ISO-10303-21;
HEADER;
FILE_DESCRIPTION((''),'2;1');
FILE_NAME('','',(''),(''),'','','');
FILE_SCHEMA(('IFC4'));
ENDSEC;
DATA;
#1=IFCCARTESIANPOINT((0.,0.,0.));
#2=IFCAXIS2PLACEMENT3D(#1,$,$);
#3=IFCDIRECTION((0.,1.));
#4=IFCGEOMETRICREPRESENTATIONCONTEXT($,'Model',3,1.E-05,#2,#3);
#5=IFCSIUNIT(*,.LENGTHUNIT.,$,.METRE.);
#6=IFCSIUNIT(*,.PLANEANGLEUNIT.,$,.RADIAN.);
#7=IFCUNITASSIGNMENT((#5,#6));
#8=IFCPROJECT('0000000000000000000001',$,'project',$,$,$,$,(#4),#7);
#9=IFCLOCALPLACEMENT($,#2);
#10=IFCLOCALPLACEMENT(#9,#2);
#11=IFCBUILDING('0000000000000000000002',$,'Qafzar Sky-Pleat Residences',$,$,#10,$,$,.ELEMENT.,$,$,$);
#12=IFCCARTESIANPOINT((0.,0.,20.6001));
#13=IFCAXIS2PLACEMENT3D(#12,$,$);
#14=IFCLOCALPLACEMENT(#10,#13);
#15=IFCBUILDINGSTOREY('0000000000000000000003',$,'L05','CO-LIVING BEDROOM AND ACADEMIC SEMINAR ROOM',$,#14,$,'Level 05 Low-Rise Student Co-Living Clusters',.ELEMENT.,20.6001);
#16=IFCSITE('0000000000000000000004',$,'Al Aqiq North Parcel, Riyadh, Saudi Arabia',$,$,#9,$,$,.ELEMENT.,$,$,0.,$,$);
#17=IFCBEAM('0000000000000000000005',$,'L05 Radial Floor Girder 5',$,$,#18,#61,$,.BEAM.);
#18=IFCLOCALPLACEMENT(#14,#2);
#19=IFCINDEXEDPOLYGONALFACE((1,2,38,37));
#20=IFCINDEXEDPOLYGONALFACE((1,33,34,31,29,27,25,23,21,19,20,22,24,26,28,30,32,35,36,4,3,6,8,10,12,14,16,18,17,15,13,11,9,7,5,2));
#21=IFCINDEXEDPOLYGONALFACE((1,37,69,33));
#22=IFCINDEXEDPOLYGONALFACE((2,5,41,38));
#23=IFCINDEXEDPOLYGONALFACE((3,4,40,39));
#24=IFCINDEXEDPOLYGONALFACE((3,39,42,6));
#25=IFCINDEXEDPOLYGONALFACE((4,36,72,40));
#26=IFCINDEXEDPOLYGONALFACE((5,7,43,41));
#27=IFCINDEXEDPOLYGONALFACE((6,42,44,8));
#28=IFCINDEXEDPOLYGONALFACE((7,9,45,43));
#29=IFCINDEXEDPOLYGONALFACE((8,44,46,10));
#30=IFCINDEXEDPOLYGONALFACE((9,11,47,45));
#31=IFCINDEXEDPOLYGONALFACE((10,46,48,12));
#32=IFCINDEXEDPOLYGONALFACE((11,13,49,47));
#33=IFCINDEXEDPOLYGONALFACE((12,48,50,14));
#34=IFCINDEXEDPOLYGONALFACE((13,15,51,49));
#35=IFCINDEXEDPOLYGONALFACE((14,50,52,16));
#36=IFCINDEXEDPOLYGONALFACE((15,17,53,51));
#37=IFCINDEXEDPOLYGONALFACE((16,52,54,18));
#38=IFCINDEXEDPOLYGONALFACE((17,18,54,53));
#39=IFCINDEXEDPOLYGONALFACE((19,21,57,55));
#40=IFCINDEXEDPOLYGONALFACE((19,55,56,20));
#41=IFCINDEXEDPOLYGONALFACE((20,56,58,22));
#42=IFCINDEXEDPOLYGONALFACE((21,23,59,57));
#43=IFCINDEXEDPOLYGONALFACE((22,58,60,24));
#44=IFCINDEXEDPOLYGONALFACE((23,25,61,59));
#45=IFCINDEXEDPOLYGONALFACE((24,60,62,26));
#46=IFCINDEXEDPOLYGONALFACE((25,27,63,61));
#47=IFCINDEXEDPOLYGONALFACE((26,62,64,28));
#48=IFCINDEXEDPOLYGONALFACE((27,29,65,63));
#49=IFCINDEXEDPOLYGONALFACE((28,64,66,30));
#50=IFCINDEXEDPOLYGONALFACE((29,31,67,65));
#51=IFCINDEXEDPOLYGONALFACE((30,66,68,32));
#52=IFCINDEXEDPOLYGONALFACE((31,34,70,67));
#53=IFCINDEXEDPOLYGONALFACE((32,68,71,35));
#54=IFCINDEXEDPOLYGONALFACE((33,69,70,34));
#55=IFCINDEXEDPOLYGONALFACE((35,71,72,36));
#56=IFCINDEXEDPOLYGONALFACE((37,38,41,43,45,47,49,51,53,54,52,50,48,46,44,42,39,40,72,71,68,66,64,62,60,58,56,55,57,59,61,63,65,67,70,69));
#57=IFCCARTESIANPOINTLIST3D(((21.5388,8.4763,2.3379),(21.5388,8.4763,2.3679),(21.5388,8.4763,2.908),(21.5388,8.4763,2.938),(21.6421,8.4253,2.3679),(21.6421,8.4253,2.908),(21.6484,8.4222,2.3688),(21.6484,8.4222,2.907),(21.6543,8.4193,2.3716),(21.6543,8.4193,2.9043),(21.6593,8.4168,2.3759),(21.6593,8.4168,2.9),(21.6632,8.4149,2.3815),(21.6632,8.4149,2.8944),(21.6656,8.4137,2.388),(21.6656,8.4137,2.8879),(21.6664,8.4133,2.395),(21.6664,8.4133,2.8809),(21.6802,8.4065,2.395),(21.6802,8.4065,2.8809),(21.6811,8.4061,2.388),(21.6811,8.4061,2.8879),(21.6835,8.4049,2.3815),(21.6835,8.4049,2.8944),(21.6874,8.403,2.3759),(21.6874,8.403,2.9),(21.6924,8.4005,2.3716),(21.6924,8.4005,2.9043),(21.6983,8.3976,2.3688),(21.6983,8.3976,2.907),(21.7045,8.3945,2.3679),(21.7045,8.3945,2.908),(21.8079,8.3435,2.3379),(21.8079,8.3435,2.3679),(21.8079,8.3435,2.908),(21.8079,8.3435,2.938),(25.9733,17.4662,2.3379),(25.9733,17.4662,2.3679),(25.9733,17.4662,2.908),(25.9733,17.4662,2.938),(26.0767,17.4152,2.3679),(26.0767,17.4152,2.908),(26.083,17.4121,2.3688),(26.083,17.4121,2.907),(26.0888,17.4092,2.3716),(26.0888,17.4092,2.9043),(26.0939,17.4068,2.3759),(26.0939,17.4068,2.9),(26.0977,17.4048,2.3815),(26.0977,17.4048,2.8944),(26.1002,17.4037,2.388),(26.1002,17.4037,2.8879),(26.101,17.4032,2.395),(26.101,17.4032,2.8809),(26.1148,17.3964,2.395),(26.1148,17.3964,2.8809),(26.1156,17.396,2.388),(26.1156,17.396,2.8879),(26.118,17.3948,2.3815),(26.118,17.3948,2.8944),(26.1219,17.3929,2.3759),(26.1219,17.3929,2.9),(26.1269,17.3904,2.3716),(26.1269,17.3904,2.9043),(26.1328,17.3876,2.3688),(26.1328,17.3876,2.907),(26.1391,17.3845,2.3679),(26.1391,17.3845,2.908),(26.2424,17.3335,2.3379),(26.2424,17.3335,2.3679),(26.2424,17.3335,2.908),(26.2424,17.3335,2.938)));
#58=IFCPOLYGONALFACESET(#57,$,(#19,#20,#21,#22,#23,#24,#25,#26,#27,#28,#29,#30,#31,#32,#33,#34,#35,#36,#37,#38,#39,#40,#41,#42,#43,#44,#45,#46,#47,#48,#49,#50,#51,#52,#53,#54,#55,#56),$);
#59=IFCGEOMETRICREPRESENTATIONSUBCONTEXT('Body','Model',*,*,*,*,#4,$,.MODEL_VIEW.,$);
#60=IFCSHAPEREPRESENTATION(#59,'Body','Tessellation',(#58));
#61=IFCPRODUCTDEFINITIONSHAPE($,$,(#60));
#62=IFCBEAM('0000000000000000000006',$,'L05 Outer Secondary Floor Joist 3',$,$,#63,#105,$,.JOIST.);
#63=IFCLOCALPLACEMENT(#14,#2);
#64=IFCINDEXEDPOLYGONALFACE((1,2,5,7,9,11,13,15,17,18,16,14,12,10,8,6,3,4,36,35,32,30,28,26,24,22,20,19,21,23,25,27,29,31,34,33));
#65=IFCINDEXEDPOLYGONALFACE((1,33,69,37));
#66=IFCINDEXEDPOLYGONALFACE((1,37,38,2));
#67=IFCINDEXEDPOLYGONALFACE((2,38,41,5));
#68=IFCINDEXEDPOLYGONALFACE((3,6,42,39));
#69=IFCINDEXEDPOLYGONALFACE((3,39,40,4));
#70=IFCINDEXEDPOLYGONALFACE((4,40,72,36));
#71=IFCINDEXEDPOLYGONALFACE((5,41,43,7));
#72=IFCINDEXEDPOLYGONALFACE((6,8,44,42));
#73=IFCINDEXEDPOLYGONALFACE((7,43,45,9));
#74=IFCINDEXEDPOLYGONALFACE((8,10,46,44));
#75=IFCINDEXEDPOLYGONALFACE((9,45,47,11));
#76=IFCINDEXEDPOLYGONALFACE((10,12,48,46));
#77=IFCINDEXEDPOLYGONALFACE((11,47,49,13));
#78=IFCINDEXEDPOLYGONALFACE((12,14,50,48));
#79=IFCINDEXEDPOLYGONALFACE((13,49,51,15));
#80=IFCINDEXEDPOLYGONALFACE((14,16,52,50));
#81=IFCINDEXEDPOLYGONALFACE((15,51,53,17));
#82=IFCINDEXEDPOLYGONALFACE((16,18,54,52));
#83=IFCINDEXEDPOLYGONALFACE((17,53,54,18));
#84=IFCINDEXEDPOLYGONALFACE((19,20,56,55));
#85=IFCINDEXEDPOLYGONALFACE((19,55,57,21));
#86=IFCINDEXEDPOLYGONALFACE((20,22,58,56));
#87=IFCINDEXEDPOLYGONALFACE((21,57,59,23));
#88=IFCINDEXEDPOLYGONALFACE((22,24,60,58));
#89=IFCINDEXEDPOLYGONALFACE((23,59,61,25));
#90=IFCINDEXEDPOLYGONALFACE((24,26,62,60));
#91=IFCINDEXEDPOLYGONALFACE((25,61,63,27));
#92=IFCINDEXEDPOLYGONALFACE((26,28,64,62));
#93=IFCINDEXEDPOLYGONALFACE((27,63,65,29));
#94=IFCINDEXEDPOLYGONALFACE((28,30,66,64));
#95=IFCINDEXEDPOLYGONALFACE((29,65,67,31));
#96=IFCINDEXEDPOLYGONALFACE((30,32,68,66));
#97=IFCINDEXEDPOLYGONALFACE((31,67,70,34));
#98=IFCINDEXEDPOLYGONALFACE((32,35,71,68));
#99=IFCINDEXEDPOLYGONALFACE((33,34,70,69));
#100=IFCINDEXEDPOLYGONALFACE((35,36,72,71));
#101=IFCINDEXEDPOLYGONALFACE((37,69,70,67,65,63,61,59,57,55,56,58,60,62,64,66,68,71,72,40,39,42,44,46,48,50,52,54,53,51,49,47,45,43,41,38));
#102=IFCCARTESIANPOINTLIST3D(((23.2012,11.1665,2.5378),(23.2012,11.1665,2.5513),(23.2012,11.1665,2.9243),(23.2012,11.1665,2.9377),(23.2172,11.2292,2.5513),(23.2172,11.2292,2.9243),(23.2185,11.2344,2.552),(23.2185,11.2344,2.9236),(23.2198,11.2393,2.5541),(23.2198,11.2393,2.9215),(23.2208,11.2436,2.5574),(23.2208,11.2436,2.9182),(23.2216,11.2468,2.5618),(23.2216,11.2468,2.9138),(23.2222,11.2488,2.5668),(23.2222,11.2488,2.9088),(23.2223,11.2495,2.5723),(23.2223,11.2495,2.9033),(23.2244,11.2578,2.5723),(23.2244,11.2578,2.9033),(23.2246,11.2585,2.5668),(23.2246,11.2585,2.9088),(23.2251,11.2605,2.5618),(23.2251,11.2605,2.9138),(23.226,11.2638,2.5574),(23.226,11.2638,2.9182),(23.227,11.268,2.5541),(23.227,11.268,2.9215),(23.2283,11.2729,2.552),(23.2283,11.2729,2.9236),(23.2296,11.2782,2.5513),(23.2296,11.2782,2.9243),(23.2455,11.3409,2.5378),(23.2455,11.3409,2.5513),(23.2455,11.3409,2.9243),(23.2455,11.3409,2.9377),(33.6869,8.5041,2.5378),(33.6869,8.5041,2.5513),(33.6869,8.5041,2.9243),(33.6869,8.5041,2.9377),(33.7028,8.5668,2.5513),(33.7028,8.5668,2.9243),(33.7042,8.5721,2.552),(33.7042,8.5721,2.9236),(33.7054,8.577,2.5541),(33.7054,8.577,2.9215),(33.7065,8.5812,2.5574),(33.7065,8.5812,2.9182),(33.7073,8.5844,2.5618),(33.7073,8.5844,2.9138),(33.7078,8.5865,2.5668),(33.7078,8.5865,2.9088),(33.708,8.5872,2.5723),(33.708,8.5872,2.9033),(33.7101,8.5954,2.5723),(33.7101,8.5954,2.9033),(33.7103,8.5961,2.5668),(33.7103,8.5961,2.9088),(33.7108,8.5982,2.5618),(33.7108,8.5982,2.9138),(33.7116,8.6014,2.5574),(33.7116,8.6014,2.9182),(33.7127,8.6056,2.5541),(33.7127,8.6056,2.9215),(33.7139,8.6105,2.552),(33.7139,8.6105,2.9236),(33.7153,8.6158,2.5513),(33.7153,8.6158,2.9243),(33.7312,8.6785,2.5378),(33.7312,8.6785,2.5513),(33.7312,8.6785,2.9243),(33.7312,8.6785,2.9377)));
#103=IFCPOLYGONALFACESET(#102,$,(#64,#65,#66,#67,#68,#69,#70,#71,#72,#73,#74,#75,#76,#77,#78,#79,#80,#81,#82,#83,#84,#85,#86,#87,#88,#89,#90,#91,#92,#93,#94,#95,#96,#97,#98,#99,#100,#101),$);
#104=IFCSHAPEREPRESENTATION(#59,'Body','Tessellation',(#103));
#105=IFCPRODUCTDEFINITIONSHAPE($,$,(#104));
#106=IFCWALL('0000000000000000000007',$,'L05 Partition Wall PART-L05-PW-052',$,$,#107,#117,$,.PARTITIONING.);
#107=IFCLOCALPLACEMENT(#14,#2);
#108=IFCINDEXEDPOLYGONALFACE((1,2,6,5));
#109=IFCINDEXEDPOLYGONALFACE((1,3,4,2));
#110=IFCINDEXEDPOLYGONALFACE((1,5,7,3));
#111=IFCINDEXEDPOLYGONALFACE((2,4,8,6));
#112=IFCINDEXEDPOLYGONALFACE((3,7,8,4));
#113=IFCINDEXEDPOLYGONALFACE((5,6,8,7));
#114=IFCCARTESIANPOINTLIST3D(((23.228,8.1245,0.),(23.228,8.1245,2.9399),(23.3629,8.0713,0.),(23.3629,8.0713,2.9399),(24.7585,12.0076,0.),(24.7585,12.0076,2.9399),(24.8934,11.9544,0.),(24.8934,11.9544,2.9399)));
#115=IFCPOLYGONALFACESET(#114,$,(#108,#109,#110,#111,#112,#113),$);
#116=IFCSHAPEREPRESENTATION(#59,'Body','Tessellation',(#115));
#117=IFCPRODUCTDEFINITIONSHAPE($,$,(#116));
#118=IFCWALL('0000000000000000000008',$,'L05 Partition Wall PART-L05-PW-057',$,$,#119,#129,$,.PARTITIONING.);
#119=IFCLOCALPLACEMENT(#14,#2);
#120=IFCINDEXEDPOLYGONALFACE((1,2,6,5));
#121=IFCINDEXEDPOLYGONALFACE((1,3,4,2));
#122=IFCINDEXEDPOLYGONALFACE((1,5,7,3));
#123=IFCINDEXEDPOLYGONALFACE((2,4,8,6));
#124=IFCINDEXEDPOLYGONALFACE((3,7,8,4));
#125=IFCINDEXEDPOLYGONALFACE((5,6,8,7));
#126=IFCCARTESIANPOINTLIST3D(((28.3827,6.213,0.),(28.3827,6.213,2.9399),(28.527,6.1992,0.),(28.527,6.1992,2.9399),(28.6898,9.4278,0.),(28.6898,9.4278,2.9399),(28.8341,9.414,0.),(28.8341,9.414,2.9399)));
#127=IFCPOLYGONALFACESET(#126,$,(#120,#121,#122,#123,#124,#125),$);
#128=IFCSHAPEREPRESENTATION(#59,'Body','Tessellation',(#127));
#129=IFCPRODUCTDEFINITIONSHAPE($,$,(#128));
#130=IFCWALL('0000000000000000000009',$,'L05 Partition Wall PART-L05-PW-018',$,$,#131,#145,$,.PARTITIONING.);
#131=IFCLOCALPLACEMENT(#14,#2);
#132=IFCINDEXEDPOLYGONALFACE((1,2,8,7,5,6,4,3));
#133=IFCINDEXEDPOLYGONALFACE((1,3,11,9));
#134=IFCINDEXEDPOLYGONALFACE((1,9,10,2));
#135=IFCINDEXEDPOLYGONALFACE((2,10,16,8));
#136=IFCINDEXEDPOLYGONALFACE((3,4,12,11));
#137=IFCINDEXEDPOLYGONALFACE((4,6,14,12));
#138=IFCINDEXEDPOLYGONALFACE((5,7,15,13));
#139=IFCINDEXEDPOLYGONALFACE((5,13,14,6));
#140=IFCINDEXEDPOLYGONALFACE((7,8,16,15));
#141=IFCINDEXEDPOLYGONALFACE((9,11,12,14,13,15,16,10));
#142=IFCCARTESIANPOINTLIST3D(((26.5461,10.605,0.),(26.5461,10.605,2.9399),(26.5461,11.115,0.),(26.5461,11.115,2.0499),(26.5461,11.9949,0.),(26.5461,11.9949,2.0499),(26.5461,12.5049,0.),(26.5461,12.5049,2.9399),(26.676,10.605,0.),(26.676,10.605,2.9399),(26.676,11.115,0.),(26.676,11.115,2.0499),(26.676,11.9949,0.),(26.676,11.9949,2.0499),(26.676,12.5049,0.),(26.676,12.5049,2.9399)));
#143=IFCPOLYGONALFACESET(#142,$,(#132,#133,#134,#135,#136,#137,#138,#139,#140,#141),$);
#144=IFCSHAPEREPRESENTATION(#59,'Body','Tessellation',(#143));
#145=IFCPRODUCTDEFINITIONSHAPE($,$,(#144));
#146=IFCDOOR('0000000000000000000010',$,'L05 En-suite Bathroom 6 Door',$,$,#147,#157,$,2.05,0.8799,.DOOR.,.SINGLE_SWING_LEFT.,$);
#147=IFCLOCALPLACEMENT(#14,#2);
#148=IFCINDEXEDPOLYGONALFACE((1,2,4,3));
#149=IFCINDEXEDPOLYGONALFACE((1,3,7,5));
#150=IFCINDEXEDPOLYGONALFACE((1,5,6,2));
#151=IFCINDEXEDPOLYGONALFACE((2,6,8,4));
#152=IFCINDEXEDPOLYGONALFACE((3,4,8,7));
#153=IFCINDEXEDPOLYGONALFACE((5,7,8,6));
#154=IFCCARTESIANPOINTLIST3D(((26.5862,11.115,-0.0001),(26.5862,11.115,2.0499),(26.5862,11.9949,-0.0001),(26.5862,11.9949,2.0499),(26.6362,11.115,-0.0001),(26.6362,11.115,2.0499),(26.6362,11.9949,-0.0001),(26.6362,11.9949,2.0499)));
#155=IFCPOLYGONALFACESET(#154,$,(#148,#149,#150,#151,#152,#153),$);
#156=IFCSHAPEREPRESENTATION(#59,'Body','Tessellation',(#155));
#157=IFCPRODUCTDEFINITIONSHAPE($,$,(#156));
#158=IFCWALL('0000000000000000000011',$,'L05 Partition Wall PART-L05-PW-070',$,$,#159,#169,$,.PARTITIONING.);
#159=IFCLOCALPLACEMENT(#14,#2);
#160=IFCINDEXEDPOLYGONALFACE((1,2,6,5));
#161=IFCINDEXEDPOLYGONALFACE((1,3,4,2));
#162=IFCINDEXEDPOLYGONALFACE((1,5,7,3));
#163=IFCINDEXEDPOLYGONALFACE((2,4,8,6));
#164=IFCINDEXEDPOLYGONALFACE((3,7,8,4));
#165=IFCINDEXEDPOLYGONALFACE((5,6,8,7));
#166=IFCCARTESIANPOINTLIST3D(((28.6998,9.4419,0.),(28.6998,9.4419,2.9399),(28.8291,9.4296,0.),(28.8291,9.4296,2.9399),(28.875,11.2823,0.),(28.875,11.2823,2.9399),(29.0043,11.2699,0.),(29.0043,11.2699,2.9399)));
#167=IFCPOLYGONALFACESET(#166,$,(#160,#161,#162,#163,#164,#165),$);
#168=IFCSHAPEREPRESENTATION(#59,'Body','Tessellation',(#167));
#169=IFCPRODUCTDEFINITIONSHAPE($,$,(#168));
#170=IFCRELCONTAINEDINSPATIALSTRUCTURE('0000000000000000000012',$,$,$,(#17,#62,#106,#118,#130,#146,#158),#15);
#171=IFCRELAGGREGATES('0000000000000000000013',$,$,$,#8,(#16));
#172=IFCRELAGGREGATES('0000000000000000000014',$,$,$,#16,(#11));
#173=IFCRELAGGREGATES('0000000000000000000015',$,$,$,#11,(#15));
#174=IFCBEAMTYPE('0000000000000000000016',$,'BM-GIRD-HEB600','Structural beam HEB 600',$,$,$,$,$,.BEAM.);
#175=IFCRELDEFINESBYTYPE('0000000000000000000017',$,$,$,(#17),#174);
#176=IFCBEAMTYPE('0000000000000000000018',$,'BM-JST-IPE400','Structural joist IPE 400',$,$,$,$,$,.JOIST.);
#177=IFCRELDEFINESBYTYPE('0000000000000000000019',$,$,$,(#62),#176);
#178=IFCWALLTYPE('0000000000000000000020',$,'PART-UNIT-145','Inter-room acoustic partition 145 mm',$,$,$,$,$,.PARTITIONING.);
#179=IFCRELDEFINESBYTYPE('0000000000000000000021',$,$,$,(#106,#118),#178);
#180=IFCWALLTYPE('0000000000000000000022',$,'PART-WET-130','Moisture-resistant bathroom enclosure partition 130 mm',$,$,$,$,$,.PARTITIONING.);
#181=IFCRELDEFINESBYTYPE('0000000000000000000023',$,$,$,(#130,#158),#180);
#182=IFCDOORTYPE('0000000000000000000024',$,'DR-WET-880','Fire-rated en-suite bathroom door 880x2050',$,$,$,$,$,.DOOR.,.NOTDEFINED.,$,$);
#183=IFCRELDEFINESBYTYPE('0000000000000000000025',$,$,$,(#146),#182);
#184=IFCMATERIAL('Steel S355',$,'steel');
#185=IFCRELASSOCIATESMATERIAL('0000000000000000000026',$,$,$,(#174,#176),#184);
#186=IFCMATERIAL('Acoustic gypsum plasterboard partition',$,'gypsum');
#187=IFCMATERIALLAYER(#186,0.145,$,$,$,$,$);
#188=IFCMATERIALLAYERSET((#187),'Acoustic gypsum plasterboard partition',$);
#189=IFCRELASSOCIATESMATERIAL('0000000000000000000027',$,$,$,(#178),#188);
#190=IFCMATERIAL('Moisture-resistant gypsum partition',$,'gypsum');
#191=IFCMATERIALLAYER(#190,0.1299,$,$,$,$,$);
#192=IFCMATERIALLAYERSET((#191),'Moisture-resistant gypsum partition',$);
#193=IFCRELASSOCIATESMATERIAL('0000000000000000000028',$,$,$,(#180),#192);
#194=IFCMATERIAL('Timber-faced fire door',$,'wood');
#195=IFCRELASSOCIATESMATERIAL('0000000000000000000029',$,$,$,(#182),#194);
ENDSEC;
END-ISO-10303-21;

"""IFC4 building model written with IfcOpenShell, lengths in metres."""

from ifc_helpers import new_model, si_unit, direction, frame, frame_2d, origin, origin_2d, place, context, subcontext, project, spatial, rectangle, i_section, extrude, source, transform, mapped, material, layer, layer_set, material_profile, profile_set, type_object, element, fill, save


model = new_model("IFC4")

# Units and contexts
model_context = context("Model", 3, precision=1e-05, world=origin(), true_north=direction((0.0, 1.0)))
body_context = subcontext(model_context, "Body", "Model", "MODEL_VIEW")
ifc_project = project(units=[si_unit("LENGTHUNIT", "METRE"), si_unit("PLANEANGLEUNIT", "RADIAN")], contexts=[model_context])

# Site, building, storey
site_placement = place(None, origin())
site = spatial("IfcSite", under=ifc_project, at=site_placement, Name="Al Aqiq North Parcel, Riyadh, Saudi Arabia", CompositionType="ELEMENT", RefElevation=0.0)
building_placement = place(site_placement, origin())
building = spatial("IfcBuilding", under=site, at=building_placement, Name="Qafzar Sky-Pleat Residences", CompositionType="ELEMENT")
storey_placement = place(building_placement, frame((0.0, 0.0, 20.6001)))
storey = spatial("IfcBuildingStorey", under=building, at=storey_placement, Name="L05", Description="CO-LIVING BEDROOM AND ACADEMIC SEMINAR ROOM", LongName="Level 05 Low-Rise Student Co-Living Clusters", CompositionType="ELEMENT", Elevation=20.6001)

# Beams
ifc_material_1 = material(Name="Steel S355", Category="steel")
ifc_material_profile_1 = material_profile(ifc_material_1, i_section(OverallWidth=0.3, OverallDepth=0.6001, WebThickness=0.0154, FlangeThickness=0.03, FilletRadius=0.0271, at=origin_2d()), Name="HEB 600")
ifc_profile_set_1 = profile_set([ifc_material_profile_1], Name="Steel S355")
beam_type_1 = type_object("IfcBeamType", Name="BM-GIRD-HEB600", Description="Structural beam HEB 600", PredefinedType="BEAM", material=ifc_profile_set_1)
shared_shape_1 = source(origin(), body_context, "Body", "SweptSolid", [
    extrude(i_section(OverallWidth=0.3, OverallDepth=0.6001, WebThickness=0.0154, FlangeThickness=0.03, FilletRadius=0.0271, at=origin_2d()), origin(), (0.0, 0.0, 1.0), 10.0242),
])
beam_1_placement = place(storey_placement, frame((21.6733, 8.4099, 2.6379), z_axis=(0.442385, 0.896825, 0.0), x_axis=(-0.896825, 0.442385, 0.0)))
element("IfcBeam", 1, at=beam_1_placement, inside=storey, type_object=beam_type_1, Name="L05 Radial Floor Girder 5", PredefinedType="BEAM", context=body_context, shape_type="MappedRepresentation", body=[
    mapped(shared_shape_1, transform((0.0, 0.0, 0.0), x_axis=(1.0, 0.0, 0.0), y_axis=(0.0, 1.0, 0.0), z_axis=(0.0, 0.0, 1.0), scale=1.0)),
])
ifc_material_profile_2 = material_profile(ifc_material_1, i_section(OverallWidth=0.1799, OverallDepth=0.3999, WebThickness=0.0085, FlangeThickness=0.0134, FilletRadius=0.021, at=origin_2d()), Name="IPE 400")
ifc_profile_set_2 = profile_set([ifc_material_profile_2], Name="Steel S355")
beam_type_2 = type_object("IfcBeamType", Name="BM-JST-IPE400", Description="Structural joist IPE 400", PredefinedType="JOIST", material=ifc_profile_set_2)
shared_shape_2 = source(origin(), body_context, "Body", "SweptSolid", [
    extrude(i_section(OverallWidth=0.1799, OverallDepth=0.3999, WebThickness=0.0085, FlangeThickness=0.0134, FilletRadius=0.021, at=origin_2d()), origin(), (0.0, 0.0, 1.0), 10.8184),
])
beam_2_placement = place(storey_placement, frame((23.2234, 11.2537, 2.7378), z_axis=(0.969245, -0.246097, 0.0), x_axis=(0.246097, 0.969245, 0.0)))
element("IfcBeam", 2, at=beam_2_placement, inside=storey, type_object=beam_type_2, Name="L05 Outer Secondary Floor Joist 3", PredefinedType="JOIST", context=body_context, shape_type="MappedRepresentation", body=[
    mapped(shared_shape_2, transform((0.0, 0.0, 0.0), x_axis=(1.0, 0.0, 0.0), y_axis=(0.0, 1.0, 0.0), z_axis=(0.0, 0.0, 1.0), scale=1.0)),
])

# Walls
ifc_material_2 = material(Name="Acoustic gypsum plasterboard partition", Category="gypsum")
ifc_layer_1 = layer(ifc_material_2, 0.145)
ifc_layer_set_1 = layer_set([ifc_layer_1], Name="Acoustic gypsum plasterboard partition")
wall_type_1 = type_object("IfcWallType", Name="PART-UNIT-145", Description="Inter-room acoustic partition 145 mm", PredefinedType="PARTITIONING", material=ifc_layer_set_1)
wall_1_placement = place(storey_placement, frame((23.2954, 8.0979, 0.0), z_axis=(0.0, 0.0, 1.0), x_axis=(0.366696, 0.930341, 0.0)))
element("IfcWall", 3, at=wall_1_placement, inside=storey, type_object=wall_type_1, Name="L05 Partition Wall PART-L05-PW-052", PredefinedType="PARTITIONING", context=body_context, shape_type="SweptSolid", body=[
    extrude(rectangle(XDim=4.1738, YDim=0.145, at=frame_2d((2.0869, 0.0))), origin(), (0.0, 0.0, 1.0), 2.9399),
])
wall_2_placement = place(storey_placement, frame((28.4548, 6.2061, 0.0), z_axis=(0.0, 0.0, 1.0), x_axis=(0.095102, 0.995468, 0.0)))
element("IfcWall", 4, at=wall_2_placement, inside=storey, type_object=wall_type_1, Name="L05 Partition Wall PART-L05-PW-057", PredefinedType="PARTITIONING", context=body_context, shape_type="SweptSolid", body=[
    extrude(rectangle(XDim=3.2295, YDim=0.145, at=frame_2d((1.6147, 0.0))), origin(), (0.0, 0.0, 1.0), 2.9399),
])

# Wall, opening, door
ifc_material_3 = material(Name="Moisture-resistant gypsum partition", Category="gypsum")
ifc_layer_2 = layer(ifc_material_3, 0.1299)
ifc_layer_set_2 = layer_set([ifc_layer_2], Name="Moisture-resistant gypsum partition")
wall_type_2 = type_object("IfcWallType", Name="PART-WET-130", Description="Moisture-resistant bathroom enclosure partition 130 mm", PredefinedType="PARTITIONING", material=ifc_layer_set_2)
wall_3_placement = place(storey_placement, frame((26.6111, 10.605, 0.0), z_axis=(0.0, 0.0, 1.0), x_axis=(0.0, 1.0, 0.0)))
wall_3 = element("IfcWall", 5, at=wall_3_placement, inside=storey, type_object=wall_type_2, Name="L05 Partition Wall PART-L05-PW-018", PredefinedType="PARTITIONING", context=body_context, shape_type="SweptSolid", body=[
    extrude(rectangle(XDim=1.8999, YDim=0.1299, at=frame_2d((0.95, 0.0))), origin(), (0.0, 0.0, 1.0), 2.9399),
])
opening_1_placement = place(wall_3_placement, frame((0.51, 0.0, 0.0)))
opening_1 = element("IfcOpeningElement", 6, at=opening_1_placement, cuts=wall_3, PredefinedType="OPENING", context=body_context, shape_type="SweptSolid", body=[
    extrude(rectangle(XDim=0.8799, YDim=2.05, at=frame_2d((0.4399, 1.0249))), frame((0.0, 0.075, 0.0), z_axis=(0.0, -1.0, 0.0), x_axis=(1.0, 0.0, 0.0)), (0.0, 0.0, 1.0), 0.1499),
])
ifc_material_4 = material(Name="Timber-faced fire door", Category="wood")
door_type = type_object("IfcDoorType", Name="DR-WET-880", Description="Fire-rated en-suite bathroom door 880x2050", OperationType="NOTDEFINED", PredefinedType="DOOR", material=ifc_material_4)
shared_shape_3 = source(origin(), body_context, "Body", "SweptSolid", [
    extrude(rectangle(XDim=0.8799, YDim=2.05, at=frame_2d((0.4399, 1.0249))), frame((0.0, 0.0249, 0.0), z_axis=(0.0, -1.0, 0.0), x_axis=(1.0, 0.0, 0.0)), (0.0, 0.0, 1.0), 0.05),
])
door_placement = place(opening_1_placement, origin())
door = element("IfcDoor", 7, at=door_placement, inside=storey, type_object=door_type, Name="L05 En-suite Bathroom 6 Door", OperationType="SINGLE_SWING_LEFT", OverallHeight=2.05, OverallWidth=0.8799, PredefinedType="DOOR", context=body_context, shape_type="MappedRepresentation", body=[
    mapped(shared_shape_3, transform((0.0, 0.0, 0.0), x_axis=(1.0, 0.0, 0.0), y_axis=(0.0, 1.0, 0.0), z_axis=(0.0, 0.0, 1.0), scale=1.0)),
])
fill(opening_1, door)

# Wall
wall_4_placement = place(storey_placement, frame((28.7644, 9.4358, 0.0), z_axis=(0.0, 0.0, 1.0), x_axis=(0.094822, 0.995494, 0.0)))
element("IfcWall", 8, at=wall_4_placement, inside=storey, type_object=wall_type_2, Name="L05 Partition Wall PART-L05-PW-070", PredefinedType="PARTITIONING", context=body_context, shape_type="SweptSolid", body=[
    extrude(rectangle(XDim=1.8486, YDim=0.1299, at=frame_2d((0.9243, 0.0))), origin(), (0.0, 0.0, 1.0), 2.9399),
])

save(model, "model.ifc")
